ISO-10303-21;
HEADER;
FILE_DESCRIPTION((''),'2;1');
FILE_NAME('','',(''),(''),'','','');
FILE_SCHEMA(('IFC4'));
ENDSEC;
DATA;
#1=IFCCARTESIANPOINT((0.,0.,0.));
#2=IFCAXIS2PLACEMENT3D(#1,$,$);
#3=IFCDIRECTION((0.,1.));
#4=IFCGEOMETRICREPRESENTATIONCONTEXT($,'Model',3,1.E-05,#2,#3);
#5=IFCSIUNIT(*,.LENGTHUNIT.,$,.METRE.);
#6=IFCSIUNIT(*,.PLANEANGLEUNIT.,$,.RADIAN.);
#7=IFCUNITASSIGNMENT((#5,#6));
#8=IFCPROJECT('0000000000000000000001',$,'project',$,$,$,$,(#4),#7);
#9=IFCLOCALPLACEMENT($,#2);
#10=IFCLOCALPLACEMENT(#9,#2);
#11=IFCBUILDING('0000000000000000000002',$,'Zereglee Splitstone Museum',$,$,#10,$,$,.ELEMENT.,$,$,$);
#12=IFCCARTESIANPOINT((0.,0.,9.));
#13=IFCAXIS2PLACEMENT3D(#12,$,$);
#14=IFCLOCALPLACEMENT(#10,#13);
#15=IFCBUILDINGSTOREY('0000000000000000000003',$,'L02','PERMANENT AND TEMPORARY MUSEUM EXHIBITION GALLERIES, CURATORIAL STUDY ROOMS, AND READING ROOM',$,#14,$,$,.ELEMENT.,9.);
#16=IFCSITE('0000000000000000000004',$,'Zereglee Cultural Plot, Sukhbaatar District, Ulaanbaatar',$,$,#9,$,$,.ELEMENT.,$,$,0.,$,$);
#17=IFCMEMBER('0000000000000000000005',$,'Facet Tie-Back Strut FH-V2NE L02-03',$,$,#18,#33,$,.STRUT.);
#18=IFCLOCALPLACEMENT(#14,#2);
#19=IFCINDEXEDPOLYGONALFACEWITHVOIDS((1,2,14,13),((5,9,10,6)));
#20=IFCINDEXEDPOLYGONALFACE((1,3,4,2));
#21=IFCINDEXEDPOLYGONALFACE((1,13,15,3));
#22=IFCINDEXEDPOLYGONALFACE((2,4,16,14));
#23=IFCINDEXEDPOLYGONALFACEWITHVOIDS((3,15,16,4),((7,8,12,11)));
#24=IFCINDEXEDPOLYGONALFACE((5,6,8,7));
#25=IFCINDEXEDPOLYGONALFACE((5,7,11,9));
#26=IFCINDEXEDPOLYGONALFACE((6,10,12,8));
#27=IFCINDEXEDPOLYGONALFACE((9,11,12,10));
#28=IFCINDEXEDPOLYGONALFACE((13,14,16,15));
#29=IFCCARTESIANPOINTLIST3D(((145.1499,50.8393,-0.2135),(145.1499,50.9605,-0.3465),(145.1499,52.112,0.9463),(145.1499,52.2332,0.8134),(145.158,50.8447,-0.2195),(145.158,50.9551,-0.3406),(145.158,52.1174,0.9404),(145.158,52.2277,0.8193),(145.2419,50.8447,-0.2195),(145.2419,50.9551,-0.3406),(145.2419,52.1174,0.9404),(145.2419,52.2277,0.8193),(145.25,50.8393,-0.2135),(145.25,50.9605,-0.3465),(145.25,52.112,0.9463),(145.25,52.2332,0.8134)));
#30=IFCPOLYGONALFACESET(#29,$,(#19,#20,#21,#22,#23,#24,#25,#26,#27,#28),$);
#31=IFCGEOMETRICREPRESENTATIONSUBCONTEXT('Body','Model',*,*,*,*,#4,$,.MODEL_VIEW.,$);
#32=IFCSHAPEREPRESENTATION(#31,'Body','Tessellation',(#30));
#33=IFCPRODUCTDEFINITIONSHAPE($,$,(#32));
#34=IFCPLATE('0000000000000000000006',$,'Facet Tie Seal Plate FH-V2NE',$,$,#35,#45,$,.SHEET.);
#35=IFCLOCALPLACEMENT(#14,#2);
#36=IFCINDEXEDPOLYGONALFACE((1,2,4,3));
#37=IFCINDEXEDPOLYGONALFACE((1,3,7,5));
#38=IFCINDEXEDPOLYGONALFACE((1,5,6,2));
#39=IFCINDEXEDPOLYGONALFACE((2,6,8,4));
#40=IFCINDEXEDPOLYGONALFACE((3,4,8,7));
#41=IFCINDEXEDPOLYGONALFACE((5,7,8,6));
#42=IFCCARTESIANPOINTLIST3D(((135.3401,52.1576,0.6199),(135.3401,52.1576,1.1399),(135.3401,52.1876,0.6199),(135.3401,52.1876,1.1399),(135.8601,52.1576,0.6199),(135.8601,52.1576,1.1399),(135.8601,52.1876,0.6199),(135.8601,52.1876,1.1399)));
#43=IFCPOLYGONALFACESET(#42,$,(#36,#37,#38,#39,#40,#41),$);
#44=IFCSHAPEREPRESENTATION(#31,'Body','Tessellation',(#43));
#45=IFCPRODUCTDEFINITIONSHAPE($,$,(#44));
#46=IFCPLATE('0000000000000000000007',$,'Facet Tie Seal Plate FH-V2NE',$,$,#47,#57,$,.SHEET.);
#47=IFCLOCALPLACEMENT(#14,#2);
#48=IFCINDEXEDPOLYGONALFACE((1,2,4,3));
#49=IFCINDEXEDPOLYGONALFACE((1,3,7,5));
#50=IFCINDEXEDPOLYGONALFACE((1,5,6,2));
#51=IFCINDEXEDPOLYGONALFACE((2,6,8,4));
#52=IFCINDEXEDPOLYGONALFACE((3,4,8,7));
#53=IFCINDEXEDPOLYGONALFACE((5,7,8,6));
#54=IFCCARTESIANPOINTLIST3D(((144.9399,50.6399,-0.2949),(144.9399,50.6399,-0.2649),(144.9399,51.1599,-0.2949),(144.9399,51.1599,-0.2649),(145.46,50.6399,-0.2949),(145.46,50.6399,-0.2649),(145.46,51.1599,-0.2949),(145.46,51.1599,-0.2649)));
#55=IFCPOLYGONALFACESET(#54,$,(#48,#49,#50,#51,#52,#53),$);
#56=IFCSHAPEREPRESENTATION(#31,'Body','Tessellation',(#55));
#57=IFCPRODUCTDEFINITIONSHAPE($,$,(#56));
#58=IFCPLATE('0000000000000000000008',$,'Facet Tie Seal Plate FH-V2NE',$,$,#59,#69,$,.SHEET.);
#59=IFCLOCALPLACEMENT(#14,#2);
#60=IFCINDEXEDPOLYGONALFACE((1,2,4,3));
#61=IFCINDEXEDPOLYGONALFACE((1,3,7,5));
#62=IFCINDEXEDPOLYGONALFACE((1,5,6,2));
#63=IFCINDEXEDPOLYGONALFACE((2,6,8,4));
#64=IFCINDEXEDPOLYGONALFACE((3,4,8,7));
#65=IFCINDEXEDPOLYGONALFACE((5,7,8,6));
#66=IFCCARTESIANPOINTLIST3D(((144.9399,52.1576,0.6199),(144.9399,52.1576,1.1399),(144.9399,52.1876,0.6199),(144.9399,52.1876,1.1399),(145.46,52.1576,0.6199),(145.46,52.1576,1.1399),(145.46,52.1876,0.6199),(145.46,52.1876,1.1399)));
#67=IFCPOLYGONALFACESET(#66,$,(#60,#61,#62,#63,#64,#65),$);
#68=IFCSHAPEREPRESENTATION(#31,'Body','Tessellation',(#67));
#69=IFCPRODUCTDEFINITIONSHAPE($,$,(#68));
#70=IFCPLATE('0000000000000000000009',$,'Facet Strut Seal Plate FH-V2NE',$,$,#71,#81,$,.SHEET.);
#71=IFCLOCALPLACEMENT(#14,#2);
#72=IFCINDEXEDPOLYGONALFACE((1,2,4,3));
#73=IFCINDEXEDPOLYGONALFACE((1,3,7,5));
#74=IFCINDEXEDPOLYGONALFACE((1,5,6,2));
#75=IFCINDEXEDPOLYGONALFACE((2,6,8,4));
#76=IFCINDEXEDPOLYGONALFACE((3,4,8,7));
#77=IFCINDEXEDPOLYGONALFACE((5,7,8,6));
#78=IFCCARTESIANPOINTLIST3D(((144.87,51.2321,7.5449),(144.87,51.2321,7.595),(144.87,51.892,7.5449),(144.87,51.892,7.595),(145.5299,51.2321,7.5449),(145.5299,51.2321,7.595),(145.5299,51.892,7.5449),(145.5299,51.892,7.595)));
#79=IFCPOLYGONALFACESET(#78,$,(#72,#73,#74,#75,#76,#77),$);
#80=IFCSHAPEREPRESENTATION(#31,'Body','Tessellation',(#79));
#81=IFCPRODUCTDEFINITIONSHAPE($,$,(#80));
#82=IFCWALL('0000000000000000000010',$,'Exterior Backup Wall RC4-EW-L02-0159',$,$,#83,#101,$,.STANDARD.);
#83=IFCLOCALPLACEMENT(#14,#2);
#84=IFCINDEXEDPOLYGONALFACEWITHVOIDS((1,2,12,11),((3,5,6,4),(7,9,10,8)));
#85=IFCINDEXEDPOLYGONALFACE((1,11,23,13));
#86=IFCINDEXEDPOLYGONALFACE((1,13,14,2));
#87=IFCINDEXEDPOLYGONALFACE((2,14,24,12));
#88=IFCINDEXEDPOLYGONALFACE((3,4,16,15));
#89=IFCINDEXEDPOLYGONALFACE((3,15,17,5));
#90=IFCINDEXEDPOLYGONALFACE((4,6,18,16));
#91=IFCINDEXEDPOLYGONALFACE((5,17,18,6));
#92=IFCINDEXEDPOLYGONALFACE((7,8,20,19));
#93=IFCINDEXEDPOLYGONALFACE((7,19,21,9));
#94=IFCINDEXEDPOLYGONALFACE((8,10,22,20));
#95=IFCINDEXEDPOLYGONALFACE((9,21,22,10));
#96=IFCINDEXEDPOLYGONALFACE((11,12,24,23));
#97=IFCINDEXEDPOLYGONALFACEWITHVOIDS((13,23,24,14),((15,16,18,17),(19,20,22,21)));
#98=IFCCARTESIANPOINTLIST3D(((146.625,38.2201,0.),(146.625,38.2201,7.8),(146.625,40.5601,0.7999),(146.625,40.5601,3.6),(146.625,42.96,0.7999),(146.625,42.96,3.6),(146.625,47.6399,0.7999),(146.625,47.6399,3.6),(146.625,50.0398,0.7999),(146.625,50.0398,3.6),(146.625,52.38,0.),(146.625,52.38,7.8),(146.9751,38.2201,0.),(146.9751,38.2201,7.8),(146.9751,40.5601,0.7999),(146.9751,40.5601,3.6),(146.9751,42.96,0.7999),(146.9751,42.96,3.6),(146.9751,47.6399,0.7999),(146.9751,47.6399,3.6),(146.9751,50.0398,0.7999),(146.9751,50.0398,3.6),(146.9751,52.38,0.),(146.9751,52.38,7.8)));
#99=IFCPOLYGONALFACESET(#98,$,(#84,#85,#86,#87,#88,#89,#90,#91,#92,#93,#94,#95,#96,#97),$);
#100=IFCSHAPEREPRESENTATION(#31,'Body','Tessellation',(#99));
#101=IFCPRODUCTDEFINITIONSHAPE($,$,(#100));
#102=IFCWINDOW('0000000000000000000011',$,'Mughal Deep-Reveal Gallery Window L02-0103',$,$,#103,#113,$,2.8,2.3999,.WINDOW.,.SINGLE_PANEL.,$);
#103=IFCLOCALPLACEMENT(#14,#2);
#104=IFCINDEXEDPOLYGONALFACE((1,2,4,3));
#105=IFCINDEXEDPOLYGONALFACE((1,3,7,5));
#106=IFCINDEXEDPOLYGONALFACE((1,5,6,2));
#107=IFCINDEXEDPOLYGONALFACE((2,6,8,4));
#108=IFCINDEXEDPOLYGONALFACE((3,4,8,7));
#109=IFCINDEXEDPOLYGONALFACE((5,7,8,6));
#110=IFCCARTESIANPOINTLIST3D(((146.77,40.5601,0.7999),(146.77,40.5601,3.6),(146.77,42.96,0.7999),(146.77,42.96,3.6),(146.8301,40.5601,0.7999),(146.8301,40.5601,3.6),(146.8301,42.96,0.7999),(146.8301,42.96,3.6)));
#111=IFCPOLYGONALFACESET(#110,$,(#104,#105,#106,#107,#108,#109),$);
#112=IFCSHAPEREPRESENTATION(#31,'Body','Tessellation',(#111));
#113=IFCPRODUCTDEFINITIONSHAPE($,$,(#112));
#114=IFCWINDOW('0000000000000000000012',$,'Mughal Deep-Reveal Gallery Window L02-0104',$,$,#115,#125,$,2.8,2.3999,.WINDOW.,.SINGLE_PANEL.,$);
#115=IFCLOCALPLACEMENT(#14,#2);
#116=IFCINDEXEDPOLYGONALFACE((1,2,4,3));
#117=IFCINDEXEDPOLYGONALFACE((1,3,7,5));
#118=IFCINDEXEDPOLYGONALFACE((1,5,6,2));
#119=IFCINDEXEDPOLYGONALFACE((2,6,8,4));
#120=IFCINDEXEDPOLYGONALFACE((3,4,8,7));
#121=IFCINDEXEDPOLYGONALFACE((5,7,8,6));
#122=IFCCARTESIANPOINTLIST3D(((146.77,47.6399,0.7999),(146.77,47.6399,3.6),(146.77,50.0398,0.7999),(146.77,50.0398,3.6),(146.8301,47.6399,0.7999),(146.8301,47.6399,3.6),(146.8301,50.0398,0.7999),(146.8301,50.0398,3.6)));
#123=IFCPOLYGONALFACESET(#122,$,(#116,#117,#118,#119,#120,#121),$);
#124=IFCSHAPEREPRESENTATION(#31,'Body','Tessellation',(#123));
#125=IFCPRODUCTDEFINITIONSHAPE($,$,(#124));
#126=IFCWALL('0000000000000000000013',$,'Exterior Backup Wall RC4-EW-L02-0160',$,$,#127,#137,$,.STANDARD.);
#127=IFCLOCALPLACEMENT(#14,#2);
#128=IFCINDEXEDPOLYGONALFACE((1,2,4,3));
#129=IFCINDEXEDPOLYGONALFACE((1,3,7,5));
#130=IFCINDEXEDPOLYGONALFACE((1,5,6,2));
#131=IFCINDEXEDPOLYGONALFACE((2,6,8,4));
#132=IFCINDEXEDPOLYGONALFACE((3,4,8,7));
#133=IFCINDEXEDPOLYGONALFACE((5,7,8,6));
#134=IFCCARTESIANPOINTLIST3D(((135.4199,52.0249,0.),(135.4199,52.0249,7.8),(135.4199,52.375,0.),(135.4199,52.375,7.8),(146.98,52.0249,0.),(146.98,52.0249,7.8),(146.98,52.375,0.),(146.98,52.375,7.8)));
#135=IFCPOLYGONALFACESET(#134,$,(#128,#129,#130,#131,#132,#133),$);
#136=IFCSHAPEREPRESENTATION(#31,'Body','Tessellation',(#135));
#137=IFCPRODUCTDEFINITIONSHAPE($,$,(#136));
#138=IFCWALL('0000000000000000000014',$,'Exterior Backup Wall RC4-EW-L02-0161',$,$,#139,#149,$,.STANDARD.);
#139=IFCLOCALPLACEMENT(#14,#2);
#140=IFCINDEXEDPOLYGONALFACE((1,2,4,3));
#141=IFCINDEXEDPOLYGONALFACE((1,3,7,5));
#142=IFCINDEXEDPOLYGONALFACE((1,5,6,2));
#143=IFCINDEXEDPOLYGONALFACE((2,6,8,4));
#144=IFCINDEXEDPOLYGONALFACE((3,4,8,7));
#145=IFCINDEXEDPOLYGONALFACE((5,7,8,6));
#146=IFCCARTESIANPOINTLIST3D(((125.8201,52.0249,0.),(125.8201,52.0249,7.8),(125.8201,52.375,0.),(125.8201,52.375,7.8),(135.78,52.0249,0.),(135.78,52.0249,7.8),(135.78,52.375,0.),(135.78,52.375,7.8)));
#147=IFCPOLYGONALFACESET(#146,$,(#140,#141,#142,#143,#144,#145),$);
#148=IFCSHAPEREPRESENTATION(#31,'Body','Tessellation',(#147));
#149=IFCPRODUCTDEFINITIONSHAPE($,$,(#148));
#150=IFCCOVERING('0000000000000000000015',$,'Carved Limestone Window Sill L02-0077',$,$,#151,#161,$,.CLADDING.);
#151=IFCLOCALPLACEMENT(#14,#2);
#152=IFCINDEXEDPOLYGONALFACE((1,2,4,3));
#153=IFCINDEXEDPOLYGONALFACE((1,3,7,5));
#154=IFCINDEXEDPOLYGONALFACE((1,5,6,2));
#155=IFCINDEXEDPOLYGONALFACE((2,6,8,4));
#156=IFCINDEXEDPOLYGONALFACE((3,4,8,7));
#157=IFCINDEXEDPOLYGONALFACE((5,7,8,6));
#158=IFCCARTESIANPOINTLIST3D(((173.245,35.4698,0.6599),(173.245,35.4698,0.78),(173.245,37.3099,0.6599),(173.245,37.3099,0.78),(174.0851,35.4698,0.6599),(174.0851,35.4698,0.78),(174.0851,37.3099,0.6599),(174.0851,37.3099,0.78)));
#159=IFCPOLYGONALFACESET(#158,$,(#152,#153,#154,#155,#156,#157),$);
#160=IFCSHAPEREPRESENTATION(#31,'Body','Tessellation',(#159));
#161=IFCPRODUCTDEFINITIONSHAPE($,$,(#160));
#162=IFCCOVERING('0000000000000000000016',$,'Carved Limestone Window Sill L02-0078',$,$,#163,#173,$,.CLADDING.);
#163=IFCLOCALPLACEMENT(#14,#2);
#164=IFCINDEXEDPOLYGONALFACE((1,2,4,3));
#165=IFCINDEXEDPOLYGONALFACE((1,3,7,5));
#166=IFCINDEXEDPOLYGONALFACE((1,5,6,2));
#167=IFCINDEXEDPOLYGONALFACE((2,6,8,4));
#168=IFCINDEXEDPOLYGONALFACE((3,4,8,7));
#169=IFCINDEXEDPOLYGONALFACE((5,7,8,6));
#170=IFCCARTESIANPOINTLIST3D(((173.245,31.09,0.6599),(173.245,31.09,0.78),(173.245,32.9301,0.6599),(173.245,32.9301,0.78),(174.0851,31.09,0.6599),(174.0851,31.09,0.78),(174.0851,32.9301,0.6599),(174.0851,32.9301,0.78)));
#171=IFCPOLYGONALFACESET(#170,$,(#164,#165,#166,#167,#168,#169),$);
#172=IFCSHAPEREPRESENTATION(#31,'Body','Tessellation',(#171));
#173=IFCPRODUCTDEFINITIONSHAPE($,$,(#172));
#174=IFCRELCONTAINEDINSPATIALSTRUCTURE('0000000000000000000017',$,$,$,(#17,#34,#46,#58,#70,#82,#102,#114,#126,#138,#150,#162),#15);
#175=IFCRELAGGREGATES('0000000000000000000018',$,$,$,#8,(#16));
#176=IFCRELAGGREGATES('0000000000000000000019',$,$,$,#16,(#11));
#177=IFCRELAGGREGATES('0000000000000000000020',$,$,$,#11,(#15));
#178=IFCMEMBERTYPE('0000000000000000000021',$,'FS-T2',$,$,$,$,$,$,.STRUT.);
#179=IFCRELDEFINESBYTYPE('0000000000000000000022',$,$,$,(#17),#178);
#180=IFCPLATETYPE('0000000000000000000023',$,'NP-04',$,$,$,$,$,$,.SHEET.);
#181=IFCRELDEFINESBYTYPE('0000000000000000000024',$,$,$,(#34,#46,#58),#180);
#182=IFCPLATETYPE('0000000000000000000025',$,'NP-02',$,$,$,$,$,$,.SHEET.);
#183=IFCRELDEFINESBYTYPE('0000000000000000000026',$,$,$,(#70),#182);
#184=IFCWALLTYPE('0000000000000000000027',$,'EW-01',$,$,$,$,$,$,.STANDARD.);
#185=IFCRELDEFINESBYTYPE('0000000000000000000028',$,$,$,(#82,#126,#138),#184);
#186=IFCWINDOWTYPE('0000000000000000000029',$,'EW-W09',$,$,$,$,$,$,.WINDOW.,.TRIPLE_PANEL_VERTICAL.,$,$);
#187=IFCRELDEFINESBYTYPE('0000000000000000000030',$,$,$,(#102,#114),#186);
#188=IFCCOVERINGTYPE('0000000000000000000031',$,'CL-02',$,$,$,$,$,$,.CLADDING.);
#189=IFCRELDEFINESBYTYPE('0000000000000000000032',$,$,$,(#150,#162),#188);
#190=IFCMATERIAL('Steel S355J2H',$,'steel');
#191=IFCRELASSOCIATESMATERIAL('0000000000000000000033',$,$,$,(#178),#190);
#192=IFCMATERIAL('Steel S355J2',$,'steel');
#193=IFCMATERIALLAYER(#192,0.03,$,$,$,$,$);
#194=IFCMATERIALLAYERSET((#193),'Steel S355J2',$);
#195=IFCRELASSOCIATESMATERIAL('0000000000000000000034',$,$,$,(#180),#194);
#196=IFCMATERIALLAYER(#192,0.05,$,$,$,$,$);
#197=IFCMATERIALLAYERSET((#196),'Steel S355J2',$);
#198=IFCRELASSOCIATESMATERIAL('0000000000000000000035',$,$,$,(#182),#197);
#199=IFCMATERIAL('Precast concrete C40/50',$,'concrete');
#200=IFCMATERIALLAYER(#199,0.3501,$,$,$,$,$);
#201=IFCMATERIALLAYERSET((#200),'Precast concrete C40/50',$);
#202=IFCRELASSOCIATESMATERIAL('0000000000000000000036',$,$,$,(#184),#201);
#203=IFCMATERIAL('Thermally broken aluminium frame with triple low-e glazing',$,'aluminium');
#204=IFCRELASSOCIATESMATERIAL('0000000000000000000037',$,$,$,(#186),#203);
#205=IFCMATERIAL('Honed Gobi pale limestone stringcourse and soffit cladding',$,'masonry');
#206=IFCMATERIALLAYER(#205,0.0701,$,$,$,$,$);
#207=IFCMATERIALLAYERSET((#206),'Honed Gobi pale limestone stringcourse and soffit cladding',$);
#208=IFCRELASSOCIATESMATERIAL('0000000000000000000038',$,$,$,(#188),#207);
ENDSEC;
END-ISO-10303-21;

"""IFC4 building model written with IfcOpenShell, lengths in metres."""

from ifc_helpers import new_model, si_unit, direction, frame, frame_2d, origin, origin_2d, place, context, subcontext, project, spatial, rectangle, hollow_rectangle, extrude, material, layer, layer_set, material_profile, profile_set, type_object, element, fill, save


model = new_model("IFC4")

# Units and contexts
model_context = context("Model", 3, precision=1e-05, world=origin(), true_north=direction((0.0, 1.0)))
body_context = subcontext(model_context, "Body", "Model", "MODEL_VIEW")
ifc_project = project(units=[si_unit("LENGTHUNIT", "METRE"), si_unit("PLANEANGLEUNIT", "RADIAN")], contexts=[model_context])

# Site, building, storey
site_placement = place(None, origin())
site = spatial("IfcSite", under=ifc_project, at=site_placement, Name="Zereglee Cultural Plot, Sukhbaatar District, Ulaanbaatar", CompositionType="ELEMENT", RefElevation=0.0)
building_placement = place(site_placement, origin())
building = spatial("IfcBuilding", under=site, at=building_placement, Name="Zereglee Splitstone Museum", CompositionType="ELEMENT")
storey_placement = place(building_placement, frame((0.0, 0.0, 9.0)))
storey = spatial("IfcBuildingStorey", under=building, at=storey_placement, Name="L02", Description="PERMANENT AND TEMPORARY MUSEUM EXHIBITION GALLERIES, CURATORIAL STUDY ROOMS, AND READING ROOM", CompositionType="ELEMENT", Elevation=9.0)

# Shared definitions
ifc_material_1 = material(Name="Steel S355J2", Category="steel")

# Member
ifc_material_2 = material(Name="Steel S355J2H", Category="steel")
ifc_material_profile_1 = material_profile(ifc_material_2, hollow_rectangle(XDim=0.1001, YDim=0.1799, WallThickness=0.0081, at=origin_2d()), Name="RHS 180x100x8")
ifc_profile_set_1 = profile_set([ifc_material_profile_1], Name="Steel S355J2H")
member_type_1 = type_object("IfcMemberType", Name="FS-T2", PredefinedType="STRUT", material=ifc_profile_set_1)
member_placement = place(storey_placement, frame((145.2, 50.8999, -0.28), z_axis=(0.0, 0.739099, 0.673597), x_axis=(-1.0, 0.0, 0.0)))
element("IfcMember", 1, at=member_placement, inside=storey, type_object=member_type_1, Name="Facet Tie-Back Strut FH-V2NE L02-03", PredefinedType="STRUT", context=body_context, shape_type="SweptSolid", body=[
    extrude(hollow_rectangle(XDim=0.1001, YDim=0.1799, WallThickness=0.0081, at=origin_2d()), origin(), (0.0, 0.0, 1.0), 1.7219),
])

# Plates
ifc_layer_1 = layer(ifc_material_1, 0.03)
ifc_layer_set_1 = layer_set([ifc_layer_1], Name="Steel S355J2")
plate_type_1 = type_object("IfcPlateType", Name="NP-04", PredefinedType="SHEET", material=ifc_layer_set_1)
plate_1_placement = place(storey_placement, frame((135.6001, 52.1726, 0.6199), z_axis=(0.0, 0.0, 1.0), x_axis=(1.0, 0.0, 0.0)))
element("IfcPlate", 2, at=plate_1_placement, inside=storey, type_object=plate_type_1, Name="Facet Tie Seal Plate FH-V2NE", PredefinedType="SHEET", context=body_context, shape_type="SweptSolid", body=[
    extrude(rectangle(XDim=0.52, YDim=0.03, at=origin_2d()), origin(), (0.0, 0.0, 1.0), 0.52),
])
plate_2_placement = place(storey_placement, frame((145.2, 50.8999, -0.2949), z_axis=(0.0, 0.0, 1.0), x_axis=(1.0, 0.0, 0.0)))
element("IfcPlate", 3, at=plate_2_placement, inside=storey, type_object=plate_type_1, Name="Facet Tie Seal Plate FH-V2NE", PredefinedType="SHEET", context=body_context, shape_type="SweptSolid", body=[
    extrude(rectangle(XDim=0.52, YDim=0.52, at=origin_2d()), origin(), (0.0, 0.0, 1.0), 0.03),
])
plate_3_placement = place(storey_placement, frame((145.2, 52.1726, 0.6199), z_axis=(0.0, 0.0, 1.0), x_axis=(1.0, 0.0, 0.0)))
element("IfcPlate", 4, at=plate_3_placement, inside=storey, type_object=plate_type_1, Name="Facet Tie Seal Plate FH-V2NE", PredefinedType="SHEET", context=body_context, shape_type="SweptSolid", body=[
    extrude(rectangle(XDim=0.52, YDim=0.03, at=origin_2d()), origin(), (0.0, 0.0, 1.0), 0.52),
])
ifc_layer_2 = layer(ifc_material_1, 0.05)
ifc_layer_set_2 = layer_set([ifc_layer_2], Name="Steel S355J2")
plate_type_2 = type_object("IfcPlateType", Name="NP-02", PredefinedType="SHEET", material=ifc_layer_set_2)
plate_4_placement = place(storey_placement, frame((145.2, 51.562, 7.5449), z_axis=(0.0, 0.0, 1.0), x_axis=(1.0, 0.0, 0.0)))
element("IfcPlate", 5, at=plate_4_placement, inside=storey, type_object=plate_type_2, Name="Facet Strut Seal Plate FH-V2NE", PredefinedType="SHEET", context=body_context, shape_type="SweptSolid", body=[
    extrude(rectangle(XDim=0.6599, YDim=0.6599, at=origin_2d()), origin(), (0.0, 0.0, 1.0), 0.05),
])

# Wall, openings, windows
ifc_material_3 = material(Name="Precast concrete C40/50", Category="concrete")
ifc_layer_3 = layer(ifc_material_3, 0.3501)
ifc_layer_set_3 = layer_set([ifc_layer_3], Name="Precast concrete C40/50")
wall_type = type_object("IfcWallType", Name="EW-01", PredefinedType="STANDARD", material=ifc_layer_set_3)
wall_1_placement = place(storey_placement, frame((146.8, 38.22, 0.0), z_axis=(0.0, 0.0, 1.0), x_axis=(0.0, 1.0, 0.0)))
wall_1 = element("IfcWall", 6, at=wall_1_placement, inside=storey, type_object=wall_type, Name="Exterior Backup Wall RC4-EW-L02-0159", PredefinedType="STANDARD", context=body_context, shape_type="SweptSolid", body=[
    extrude(rectangle(XDim=14.1599, YDim=0.3501, at=frame_2d((7.0801, 0.0))), origin(), (0.0, 0.0, 1.0), 7.8),
])
opening_1_placement = place(wall_1_placement, frame((2.3401, 0.0, 0.8)))
opening_1 = element("IfcOpeningElement", 7, at=opening_1_placement, cuts=wall_1, PredefinedType="OPENING", context=body_context, shape_type="SweptSolid", body=[
    extrude(rectangle(XDim=2.3999, YDim=2.8, at=frame_2d((1.2, 1.3999))), frame((0.0, 0.1899, 0.0), z_axis=(0.0, -1.0, 0.0), x_axis=(1.0, 0.0, 0.0)), (0.0, 0.0, 1.0), 0.3799),
])
opening_2_placement = place(wall_1_placement, frame((9.4199, 0.0, 0.8)))
opening_2 = element("IfcOpeningElement", 8, at=opening_2_placement, cuts=wall_1, PredefinedType="OPENING", context=body_context, shape_type="SweptSolid", body=[
    extrude(rectangle(XDim=2.3999, YDim=2.8, at=frame_2d((1.2, 1.3999))), frame((0.0, 0.1899, 0.0), z_axis=(0.0, -1.0, 0.0), x_axis=(1.0, 0.0, 0.0)), (0.0, 0.0, 1.0), 0.3799),
])
ifc_material_4 = material(Name="Thermally broken aluminium frame with triple low-e glazing", Category="aluminium")
window_type = type_object("IfcWindowType", Name="EW-W09", PartitioningType="TRIPLE_PANEL_VERTICAL", PredefinedType="WINDOW", material=ifc_material_4)
window_1_placement = place(opening_1_placement, origin())
window_1 = element("IfcWindow", 9, at=window_1_placement, inside=storey, type_object=window_type, Name="Mughal Deep-Reveal Gallery Window L02-0103", OverallHeight=2.8, OverallWidth=2.3999, PartitioningType="SINGLE_PANEL", PredefinedType="WINDOW", context=body_context, shape_type="SweptSolid", body=[
    extrude(rectangle(XDim=2.3999, YDim=2.8, at=frame_2d((1.2, 1.3999))), frame((0.0, 0.03, 0.0), z_axis=(0.0, -1.0, 0.0), x_axis=(1.0, 0.0, 0.0)), (0.0, 0.0, 1.0), 0.0601),
])
fill(opening_1, window_1)
window_2_placement = place(opening_2_placement, origin())
window_2 = element("IfcWindow", 10, at=window_2_placement, inside=storey, type_object=window_type, Name="Mughal Deep-Reveal Gallery Window L02-0104", OverallHeight=2.8, OverallWidth=2.3999, PartitioningType="SINGLE_PANEL", PredefinedType="WINDOW", context=body_context, shape_type="SweptSolid", body=[
    extrude(rectangle(XDim=2.3999, YDim=2.8, at=frame_2d((1.2, 1.3999))), frame((0.0, 0.03, 0.0), z_axis=(0.0, -1.0, 0.0), x_axis=(1.0, 0.0, 0.0)), (0.0, 0.0, 1.0), 0.0601),
])
fill(opening_2, window_2)

# Walls
wall_2_placement = place(storey_placement, frame((146.98, 52.2, 0.0), z_axis=(0.0, 0.0, 1.0), x_axis=(-1.0, 0.0, 0.0)))
element("IfcWall", 11, at=wall_2_placement, inside=storey, type_object=wall_type, Name="Exterior Backup Wall RC4-EW-L02-0160", PredefinedType="STANDARD", context=body_context, shape_type="SweptSolid", body=[
    extrude(rectangle(XDim=11.5601, YDim=0.3501, at=frame_2d((5.78, 0.0))), origin(), (0.0, 0.0, 1.0), 7.8),
])
wall_3_placement = place(storey_placement, frame((135.78, 52.2, 0.0), z_axis=(0.0, 0.0, 1.0), x_axis=(-1.0, 0.0, 0.0)))
element("IfcWall", 12, at=wall_3_placement, inside=storey, type_object=wall_type, Name="Exterior Backup Wall RC4-EW-L02-0161", PredefinedType="STANDARD", context=body_context, shape_type="SweptSolid", body=[
    extrude(rectangle(XDim=9.96, YDim=0.3501, at=frame_2d((4.98, 0.0))), origin(), (0.0, 0.0, 1.0), 7.8),
])

# Coverings
ifc_material_5 = material(Name="Honed Gobi pale limestone stringcourse and soffit cladding", Category="masonry")
ifc_layer_4 = layer(ifc_material_5, 0.0701)
ifc_layer_set_4 = layer_set([ifc_layer_4], Name="Honed Gobi pale limestone stringcourse and soffit cladding")
covering_type_1 = type_object("IfcCoveringType", Name="CL-02", PredefinedType="CLADDING", material=ifc_layer_set_4)
for number, where, z_axis, x_axis, name in (
    (13, (173.665, 36.3899, 0.6599), (0.0, 0.0, 1.0), (0.0, -1.0, 0.0), "Carved Limestone Window Sill L02-0077"),
    (14, (173.665, 32.01, 0.6599), (0.0, 0.0, 1.0), (0.0, -1.0, 0.0), "Carved Limestone Window Sill L02-0078"),
):
    element("IfcCovering", number, at=place(storey_placement, frame(where, z_axis=z_axis, x_axis=x_axis)), inside=storey, type_object=covering_type_1, Name=name, PredefinedType="CLADDING", context=body_context, shape_type="SweptSolid", body=[
        extrude(rectangle(XDim=1.8401, YDim=0.8401, at=origin_2d()), origin(), (0.0, 0.0, 1.0), 0.1201),
    ])

save(model, "model.ifc")
